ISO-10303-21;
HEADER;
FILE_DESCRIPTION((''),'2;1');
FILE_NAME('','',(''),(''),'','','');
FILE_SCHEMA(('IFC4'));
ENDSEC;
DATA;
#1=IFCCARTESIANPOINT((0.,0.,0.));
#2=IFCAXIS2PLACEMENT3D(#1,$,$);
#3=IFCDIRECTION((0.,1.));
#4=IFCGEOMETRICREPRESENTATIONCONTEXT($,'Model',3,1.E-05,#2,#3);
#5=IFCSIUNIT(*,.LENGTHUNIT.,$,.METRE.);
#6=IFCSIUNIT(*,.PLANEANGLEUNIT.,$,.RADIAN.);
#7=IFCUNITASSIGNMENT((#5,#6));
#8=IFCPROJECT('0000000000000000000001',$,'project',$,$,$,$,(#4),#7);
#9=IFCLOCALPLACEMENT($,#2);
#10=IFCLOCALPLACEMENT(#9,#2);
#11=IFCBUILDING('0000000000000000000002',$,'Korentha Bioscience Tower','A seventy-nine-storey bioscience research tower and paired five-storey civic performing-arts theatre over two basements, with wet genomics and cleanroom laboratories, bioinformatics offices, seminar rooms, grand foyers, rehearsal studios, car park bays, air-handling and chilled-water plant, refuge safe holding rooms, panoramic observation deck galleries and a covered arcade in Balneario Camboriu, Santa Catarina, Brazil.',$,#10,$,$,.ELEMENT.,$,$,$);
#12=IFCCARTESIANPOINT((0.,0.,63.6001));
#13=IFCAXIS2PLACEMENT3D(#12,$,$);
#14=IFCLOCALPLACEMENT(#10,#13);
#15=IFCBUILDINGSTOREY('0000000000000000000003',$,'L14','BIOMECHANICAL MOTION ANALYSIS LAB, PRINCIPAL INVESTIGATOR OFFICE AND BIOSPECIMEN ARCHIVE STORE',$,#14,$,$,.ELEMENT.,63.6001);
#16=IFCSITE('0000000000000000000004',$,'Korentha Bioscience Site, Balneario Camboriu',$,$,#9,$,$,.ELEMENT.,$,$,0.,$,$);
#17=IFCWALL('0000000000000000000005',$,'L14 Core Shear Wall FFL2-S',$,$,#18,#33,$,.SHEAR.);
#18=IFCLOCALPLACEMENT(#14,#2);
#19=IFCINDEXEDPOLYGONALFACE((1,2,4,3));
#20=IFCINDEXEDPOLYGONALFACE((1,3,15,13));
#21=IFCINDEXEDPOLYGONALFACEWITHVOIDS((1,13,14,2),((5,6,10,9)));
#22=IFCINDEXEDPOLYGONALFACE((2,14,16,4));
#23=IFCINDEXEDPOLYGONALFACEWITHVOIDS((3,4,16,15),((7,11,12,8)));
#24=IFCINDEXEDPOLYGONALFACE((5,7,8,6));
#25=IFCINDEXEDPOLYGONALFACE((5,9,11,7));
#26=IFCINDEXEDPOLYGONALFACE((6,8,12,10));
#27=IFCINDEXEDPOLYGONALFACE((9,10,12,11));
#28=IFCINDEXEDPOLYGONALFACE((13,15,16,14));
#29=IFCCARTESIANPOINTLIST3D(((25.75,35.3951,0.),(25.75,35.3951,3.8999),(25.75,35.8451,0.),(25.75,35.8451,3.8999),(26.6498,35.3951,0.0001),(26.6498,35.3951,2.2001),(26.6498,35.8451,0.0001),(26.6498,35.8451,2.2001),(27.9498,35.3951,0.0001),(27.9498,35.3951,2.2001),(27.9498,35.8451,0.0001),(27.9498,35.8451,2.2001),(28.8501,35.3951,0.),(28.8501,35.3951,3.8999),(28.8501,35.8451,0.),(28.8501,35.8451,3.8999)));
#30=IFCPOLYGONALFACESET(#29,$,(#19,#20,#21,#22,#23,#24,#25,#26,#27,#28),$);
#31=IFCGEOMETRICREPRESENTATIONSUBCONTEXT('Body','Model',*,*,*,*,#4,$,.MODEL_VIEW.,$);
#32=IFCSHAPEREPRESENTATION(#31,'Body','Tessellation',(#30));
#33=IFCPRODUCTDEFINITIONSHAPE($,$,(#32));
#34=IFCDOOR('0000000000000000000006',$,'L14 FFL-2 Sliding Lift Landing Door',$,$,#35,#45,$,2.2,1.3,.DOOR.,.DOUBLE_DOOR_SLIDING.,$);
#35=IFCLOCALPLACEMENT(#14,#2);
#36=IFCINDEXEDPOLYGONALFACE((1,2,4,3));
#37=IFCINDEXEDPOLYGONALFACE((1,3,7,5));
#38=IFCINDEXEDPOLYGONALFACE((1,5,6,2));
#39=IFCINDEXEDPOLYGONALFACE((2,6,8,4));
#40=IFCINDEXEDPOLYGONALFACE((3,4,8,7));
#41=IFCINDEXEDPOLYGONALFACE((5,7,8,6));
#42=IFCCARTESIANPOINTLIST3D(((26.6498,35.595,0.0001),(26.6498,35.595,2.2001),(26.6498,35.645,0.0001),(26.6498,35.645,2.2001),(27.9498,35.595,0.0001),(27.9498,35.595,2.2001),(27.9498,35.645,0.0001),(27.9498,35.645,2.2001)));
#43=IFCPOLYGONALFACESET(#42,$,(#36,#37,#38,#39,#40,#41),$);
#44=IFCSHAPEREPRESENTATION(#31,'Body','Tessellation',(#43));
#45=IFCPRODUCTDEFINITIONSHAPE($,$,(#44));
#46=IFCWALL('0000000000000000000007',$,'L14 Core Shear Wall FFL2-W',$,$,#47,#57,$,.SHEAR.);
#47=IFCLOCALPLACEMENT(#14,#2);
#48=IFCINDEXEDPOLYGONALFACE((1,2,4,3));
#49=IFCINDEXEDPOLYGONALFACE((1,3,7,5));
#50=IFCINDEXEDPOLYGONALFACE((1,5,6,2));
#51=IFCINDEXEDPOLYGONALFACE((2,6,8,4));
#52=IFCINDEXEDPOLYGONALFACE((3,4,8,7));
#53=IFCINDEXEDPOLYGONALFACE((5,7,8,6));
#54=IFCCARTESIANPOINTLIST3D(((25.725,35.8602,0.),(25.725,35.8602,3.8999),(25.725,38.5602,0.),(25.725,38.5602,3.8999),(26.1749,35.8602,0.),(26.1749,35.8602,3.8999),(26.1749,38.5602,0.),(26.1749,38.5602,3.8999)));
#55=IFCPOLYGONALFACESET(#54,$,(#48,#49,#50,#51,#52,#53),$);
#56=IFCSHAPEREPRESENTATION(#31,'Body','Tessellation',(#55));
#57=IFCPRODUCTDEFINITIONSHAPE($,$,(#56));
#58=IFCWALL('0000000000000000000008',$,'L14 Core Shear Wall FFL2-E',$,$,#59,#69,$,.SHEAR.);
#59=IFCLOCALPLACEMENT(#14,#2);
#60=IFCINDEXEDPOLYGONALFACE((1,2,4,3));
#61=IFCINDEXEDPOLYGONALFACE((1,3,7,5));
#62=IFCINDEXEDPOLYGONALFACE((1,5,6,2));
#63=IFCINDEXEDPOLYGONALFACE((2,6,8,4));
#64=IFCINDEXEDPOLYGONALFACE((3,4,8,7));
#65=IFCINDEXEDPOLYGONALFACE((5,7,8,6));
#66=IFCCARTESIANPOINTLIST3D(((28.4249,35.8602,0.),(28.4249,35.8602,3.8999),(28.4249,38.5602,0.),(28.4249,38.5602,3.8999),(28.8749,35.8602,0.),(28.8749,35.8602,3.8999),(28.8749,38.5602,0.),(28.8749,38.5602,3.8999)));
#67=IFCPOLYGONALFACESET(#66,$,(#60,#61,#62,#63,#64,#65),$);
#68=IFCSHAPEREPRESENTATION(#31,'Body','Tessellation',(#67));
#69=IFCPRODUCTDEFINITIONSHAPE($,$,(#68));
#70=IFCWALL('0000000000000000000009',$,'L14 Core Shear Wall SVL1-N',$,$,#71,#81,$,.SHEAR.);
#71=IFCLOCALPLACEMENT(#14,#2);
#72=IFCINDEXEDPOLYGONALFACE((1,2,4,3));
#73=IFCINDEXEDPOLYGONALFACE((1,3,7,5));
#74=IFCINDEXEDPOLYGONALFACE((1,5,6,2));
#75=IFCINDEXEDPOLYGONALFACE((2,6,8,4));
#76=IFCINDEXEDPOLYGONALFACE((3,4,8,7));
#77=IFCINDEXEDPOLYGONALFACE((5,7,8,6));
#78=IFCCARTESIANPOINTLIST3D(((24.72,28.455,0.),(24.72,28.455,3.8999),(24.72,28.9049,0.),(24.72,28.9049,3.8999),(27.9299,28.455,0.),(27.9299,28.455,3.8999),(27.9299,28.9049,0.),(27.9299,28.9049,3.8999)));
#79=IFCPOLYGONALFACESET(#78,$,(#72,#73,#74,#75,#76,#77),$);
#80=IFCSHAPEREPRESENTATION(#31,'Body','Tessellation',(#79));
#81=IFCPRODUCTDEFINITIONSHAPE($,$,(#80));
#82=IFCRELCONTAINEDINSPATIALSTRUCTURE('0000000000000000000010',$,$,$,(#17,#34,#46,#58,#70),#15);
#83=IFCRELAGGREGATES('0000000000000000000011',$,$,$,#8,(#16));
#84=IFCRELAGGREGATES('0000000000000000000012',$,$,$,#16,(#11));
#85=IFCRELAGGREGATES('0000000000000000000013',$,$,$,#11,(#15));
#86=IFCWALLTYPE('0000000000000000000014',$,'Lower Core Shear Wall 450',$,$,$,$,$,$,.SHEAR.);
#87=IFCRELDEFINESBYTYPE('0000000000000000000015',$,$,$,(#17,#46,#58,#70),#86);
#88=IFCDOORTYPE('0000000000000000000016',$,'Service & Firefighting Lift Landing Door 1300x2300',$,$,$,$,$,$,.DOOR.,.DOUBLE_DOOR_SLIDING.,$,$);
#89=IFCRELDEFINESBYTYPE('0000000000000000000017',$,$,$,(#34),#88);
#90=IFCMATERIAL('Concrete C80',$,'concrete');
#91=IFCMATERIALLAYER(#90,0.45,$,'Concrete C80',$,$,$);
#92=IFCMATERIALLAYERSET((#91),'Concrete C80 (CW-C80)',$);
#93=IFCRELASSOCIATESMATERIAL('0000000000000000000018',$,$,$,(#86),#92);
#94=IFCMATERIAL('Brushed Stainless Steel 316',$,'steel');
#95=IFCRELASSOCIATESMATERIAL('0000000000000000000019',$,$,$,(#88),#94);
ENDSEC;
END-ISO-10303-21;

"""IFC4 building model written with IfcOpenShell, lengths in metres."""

from ifc_helpers import new_model, si_unit, direction, frame, frame_2d, origin, place, context, subcontext, project, spatial, rectangle, extrude, material, layer, layer_set, type_object, element, fill, save


model = new_model("IFC4")

# Units and contexts
model_context = context("Model", 3, precision=1e-05, world=origin(), true_north=direction((0.0, 1.0)))
body_context = subcontext(model_context, "Body", "Model", "MODEL_VIEW")
ifc_project = project(units=[si_unit("LENGTHUNIT", "METRE"), si_unit("PLANEANGLEUNIT", "RADIAN")], contexts=[model_context])

# Site, building, storey
site_placement = place(None, origin())
site = spatial("IfcSite", under=ifc_project, at=site_placement, Name="Korentha Bioscience Site, Balneario Camboriu", CompositionType="ELEMENT", RefElevation=0.0)
building_placement = place(site_placement, origin())
building = spatial("IfcBuilding", under=site, at=building_placement, Name="Korentha Bioscience Tower", Description="A seventy-nine-storey bioscience research tower and paired five-storey civic performing-arts theatre over two basements, with wet genomics and cleanroom laboratories, bioinformatics offices, seminar rooms, grand foyers, rehearsal studios, car park bays, air-handling and chilled-water plant, refuge safe holding rooms, panoramic observation deck galleries and a covered arcade in Balneario Camboriu, Santa Catarina, Brazil.", CompositionType="ELEMENT")
storey_placement = place(building_placement, frame((0.0, 0.0, 63.6001)))
storey = spatial("IfcBuildingStorey", under=building, at=storey_placement, Name="L14", Description="BIOMECHANICAL MOTION ANALYSIS LAB, PRINCIPAL INVESTIGATOR OFFICE AND BIOSPECIMEN ARCHIVE STORE", CompositionType="ELEMENT", Elevation=63.6001)

# Shared definitions
ifc_material_1 = material(Name="Concrete C80", Category="concrete")
ifc_layer_1 = layer(ifc_material_1, 0.45, Name="Concrete C80")
ifc_layer_set_1 = layer_set([ifc_layer_1], Name="Concrete C80 (CW-C80)")
wall_type_1 = type_object("IfcWallType", Name="Lower Core Shear Wall 450", PredefinedType="SHEAR", material=ifc_layer_set_1)

# Wall, opening, door
wall_1_placement = place(storey_placement, frame((25.75, 35.6201, 0.0), z_axis=(0.0, 0.0, 1.0), x_axis=(1.0, 0.0, 0.0)))
wall_1 = element("IfcWall", 1, at=wall_1_placement, inside=storey, type_object=wall_type_1, Name="L14 Core Shear Wall FFL2-S", PredefinedType="SHEAR", context=body_context, shape_type="SweptSolid", body=[
    extrude(rectangle(XDim=3.1001, YDim=0.45, at=frame_2d((1.55, 0.0))), origin(), (0.0, 0.0, 1.0), 3.8999),
])
opening_1_placement = place(wall_1_placement, frame((0.8999, 0.0, 0.0)))
opening_1 = element("IfcOpeningElement", 2, at=opening_1_placement, cuts=wall_1, PredefinedType="OPENING", context=body_context, shape_type="SweptSolid", body=[
    extrude(rectangle(XDim=1.3, YDim=2.2, at=frame_2d((0.6499, 1.1001))), frame((0.0, 0.2397, 0.0), z_axis=(0.0, -1.0, 0.0), x_axis=(1.0, 0.0, 0.0)), (0.0, 0.0, 1.0), 0.4797),
])
ifc_material_2 = material(Name="Brushed Stainless Steel 316", Category="steel")
door_type_1 = type_object("IfcDoorType", Name="Service & Firefighting Lift Landing Door 1300x2300", OperationType="DOUBLE_DOOR_SLIDING", PredefinedType="DOOR", material=ifc_material_2)
door_1_placement = place(opening_1_placement, origin())
door_1 = element("IfcDoor", 3, at=door_1_placement, inside=storey, type_object=door_type_1, Name="L14 FFL-2 Sliding Lift Landing Door", OperationType="DOUBLE_DOOR_SLIDING", OverallHeight=2.2, OverallWidth=1.3, PredefinedType="DOOR", context=body_context, shape_type="SweptSolid", body=[
    extrude(rectangle(XDim=1.3, YDim=2.2, at=frame_2d((0.6499, 1.1001))), frame((0.0, 0.0249, 0.0), z_axis=(0.0, -1.0, 0.0), x_axis=(1.0, 0.0, 0.0)), (0.0, 0.0, 1.0), 0.05),
])
fill(opening_1, door_1)

# Walls
for number, where, z_axis, x_axis, name in (
    (4, (25.95, 35.8601, 0.0), (0.0, 0.0, 1.0), (0.0, 1.0, 0.0), "L14 Core Shear Wall FFL2-W"),
    (5, (28.6499, 35.8601, 0.0), (0.0, 0.0, 1.0), (0.0, 1.0, 0.0), "L14 Core Shear Wall FFL2-E"),
):
    element("IfcWall", number, at=place(storey_placement, frame(where, z_axis=z_axis, x_axis=x_axis)), inside=storey, type_object=wall_type_1, Name=name, PredefinedType="SHEAR", context=body_context, shape_type="SweptSolid", body=[
        extrude(rectangle(XDim=2.7, YDim=0.45, at=frame_2d((1.3501, 0.0))), origin(), (0.0, 0.0, 1.0), 3.8999),
    ])
wall_2_placement = place(storey_placement, frame((24.72, 28.6799, 0.0), z_axis=(0.0, 0.0, 1.0), x_axis=(1.0, 0.0, 0.0)))
element("IfcWall", 6, at=wall_2_placement, inside=storey, type_object=wall_type_1, Name="L14 Core Shear Wall SVL1-N", PredefinedType="SHEAR", context=body_context, shape_type="SweptSolid", body=[
    extrude(rectangle(XDim=3.21, YDim=0.45, at=frame_2d((1.605, 0.0))), origin(), (0.0, 0.0, 1.0), 3.8999),
])

save(model, "model.ifc")
